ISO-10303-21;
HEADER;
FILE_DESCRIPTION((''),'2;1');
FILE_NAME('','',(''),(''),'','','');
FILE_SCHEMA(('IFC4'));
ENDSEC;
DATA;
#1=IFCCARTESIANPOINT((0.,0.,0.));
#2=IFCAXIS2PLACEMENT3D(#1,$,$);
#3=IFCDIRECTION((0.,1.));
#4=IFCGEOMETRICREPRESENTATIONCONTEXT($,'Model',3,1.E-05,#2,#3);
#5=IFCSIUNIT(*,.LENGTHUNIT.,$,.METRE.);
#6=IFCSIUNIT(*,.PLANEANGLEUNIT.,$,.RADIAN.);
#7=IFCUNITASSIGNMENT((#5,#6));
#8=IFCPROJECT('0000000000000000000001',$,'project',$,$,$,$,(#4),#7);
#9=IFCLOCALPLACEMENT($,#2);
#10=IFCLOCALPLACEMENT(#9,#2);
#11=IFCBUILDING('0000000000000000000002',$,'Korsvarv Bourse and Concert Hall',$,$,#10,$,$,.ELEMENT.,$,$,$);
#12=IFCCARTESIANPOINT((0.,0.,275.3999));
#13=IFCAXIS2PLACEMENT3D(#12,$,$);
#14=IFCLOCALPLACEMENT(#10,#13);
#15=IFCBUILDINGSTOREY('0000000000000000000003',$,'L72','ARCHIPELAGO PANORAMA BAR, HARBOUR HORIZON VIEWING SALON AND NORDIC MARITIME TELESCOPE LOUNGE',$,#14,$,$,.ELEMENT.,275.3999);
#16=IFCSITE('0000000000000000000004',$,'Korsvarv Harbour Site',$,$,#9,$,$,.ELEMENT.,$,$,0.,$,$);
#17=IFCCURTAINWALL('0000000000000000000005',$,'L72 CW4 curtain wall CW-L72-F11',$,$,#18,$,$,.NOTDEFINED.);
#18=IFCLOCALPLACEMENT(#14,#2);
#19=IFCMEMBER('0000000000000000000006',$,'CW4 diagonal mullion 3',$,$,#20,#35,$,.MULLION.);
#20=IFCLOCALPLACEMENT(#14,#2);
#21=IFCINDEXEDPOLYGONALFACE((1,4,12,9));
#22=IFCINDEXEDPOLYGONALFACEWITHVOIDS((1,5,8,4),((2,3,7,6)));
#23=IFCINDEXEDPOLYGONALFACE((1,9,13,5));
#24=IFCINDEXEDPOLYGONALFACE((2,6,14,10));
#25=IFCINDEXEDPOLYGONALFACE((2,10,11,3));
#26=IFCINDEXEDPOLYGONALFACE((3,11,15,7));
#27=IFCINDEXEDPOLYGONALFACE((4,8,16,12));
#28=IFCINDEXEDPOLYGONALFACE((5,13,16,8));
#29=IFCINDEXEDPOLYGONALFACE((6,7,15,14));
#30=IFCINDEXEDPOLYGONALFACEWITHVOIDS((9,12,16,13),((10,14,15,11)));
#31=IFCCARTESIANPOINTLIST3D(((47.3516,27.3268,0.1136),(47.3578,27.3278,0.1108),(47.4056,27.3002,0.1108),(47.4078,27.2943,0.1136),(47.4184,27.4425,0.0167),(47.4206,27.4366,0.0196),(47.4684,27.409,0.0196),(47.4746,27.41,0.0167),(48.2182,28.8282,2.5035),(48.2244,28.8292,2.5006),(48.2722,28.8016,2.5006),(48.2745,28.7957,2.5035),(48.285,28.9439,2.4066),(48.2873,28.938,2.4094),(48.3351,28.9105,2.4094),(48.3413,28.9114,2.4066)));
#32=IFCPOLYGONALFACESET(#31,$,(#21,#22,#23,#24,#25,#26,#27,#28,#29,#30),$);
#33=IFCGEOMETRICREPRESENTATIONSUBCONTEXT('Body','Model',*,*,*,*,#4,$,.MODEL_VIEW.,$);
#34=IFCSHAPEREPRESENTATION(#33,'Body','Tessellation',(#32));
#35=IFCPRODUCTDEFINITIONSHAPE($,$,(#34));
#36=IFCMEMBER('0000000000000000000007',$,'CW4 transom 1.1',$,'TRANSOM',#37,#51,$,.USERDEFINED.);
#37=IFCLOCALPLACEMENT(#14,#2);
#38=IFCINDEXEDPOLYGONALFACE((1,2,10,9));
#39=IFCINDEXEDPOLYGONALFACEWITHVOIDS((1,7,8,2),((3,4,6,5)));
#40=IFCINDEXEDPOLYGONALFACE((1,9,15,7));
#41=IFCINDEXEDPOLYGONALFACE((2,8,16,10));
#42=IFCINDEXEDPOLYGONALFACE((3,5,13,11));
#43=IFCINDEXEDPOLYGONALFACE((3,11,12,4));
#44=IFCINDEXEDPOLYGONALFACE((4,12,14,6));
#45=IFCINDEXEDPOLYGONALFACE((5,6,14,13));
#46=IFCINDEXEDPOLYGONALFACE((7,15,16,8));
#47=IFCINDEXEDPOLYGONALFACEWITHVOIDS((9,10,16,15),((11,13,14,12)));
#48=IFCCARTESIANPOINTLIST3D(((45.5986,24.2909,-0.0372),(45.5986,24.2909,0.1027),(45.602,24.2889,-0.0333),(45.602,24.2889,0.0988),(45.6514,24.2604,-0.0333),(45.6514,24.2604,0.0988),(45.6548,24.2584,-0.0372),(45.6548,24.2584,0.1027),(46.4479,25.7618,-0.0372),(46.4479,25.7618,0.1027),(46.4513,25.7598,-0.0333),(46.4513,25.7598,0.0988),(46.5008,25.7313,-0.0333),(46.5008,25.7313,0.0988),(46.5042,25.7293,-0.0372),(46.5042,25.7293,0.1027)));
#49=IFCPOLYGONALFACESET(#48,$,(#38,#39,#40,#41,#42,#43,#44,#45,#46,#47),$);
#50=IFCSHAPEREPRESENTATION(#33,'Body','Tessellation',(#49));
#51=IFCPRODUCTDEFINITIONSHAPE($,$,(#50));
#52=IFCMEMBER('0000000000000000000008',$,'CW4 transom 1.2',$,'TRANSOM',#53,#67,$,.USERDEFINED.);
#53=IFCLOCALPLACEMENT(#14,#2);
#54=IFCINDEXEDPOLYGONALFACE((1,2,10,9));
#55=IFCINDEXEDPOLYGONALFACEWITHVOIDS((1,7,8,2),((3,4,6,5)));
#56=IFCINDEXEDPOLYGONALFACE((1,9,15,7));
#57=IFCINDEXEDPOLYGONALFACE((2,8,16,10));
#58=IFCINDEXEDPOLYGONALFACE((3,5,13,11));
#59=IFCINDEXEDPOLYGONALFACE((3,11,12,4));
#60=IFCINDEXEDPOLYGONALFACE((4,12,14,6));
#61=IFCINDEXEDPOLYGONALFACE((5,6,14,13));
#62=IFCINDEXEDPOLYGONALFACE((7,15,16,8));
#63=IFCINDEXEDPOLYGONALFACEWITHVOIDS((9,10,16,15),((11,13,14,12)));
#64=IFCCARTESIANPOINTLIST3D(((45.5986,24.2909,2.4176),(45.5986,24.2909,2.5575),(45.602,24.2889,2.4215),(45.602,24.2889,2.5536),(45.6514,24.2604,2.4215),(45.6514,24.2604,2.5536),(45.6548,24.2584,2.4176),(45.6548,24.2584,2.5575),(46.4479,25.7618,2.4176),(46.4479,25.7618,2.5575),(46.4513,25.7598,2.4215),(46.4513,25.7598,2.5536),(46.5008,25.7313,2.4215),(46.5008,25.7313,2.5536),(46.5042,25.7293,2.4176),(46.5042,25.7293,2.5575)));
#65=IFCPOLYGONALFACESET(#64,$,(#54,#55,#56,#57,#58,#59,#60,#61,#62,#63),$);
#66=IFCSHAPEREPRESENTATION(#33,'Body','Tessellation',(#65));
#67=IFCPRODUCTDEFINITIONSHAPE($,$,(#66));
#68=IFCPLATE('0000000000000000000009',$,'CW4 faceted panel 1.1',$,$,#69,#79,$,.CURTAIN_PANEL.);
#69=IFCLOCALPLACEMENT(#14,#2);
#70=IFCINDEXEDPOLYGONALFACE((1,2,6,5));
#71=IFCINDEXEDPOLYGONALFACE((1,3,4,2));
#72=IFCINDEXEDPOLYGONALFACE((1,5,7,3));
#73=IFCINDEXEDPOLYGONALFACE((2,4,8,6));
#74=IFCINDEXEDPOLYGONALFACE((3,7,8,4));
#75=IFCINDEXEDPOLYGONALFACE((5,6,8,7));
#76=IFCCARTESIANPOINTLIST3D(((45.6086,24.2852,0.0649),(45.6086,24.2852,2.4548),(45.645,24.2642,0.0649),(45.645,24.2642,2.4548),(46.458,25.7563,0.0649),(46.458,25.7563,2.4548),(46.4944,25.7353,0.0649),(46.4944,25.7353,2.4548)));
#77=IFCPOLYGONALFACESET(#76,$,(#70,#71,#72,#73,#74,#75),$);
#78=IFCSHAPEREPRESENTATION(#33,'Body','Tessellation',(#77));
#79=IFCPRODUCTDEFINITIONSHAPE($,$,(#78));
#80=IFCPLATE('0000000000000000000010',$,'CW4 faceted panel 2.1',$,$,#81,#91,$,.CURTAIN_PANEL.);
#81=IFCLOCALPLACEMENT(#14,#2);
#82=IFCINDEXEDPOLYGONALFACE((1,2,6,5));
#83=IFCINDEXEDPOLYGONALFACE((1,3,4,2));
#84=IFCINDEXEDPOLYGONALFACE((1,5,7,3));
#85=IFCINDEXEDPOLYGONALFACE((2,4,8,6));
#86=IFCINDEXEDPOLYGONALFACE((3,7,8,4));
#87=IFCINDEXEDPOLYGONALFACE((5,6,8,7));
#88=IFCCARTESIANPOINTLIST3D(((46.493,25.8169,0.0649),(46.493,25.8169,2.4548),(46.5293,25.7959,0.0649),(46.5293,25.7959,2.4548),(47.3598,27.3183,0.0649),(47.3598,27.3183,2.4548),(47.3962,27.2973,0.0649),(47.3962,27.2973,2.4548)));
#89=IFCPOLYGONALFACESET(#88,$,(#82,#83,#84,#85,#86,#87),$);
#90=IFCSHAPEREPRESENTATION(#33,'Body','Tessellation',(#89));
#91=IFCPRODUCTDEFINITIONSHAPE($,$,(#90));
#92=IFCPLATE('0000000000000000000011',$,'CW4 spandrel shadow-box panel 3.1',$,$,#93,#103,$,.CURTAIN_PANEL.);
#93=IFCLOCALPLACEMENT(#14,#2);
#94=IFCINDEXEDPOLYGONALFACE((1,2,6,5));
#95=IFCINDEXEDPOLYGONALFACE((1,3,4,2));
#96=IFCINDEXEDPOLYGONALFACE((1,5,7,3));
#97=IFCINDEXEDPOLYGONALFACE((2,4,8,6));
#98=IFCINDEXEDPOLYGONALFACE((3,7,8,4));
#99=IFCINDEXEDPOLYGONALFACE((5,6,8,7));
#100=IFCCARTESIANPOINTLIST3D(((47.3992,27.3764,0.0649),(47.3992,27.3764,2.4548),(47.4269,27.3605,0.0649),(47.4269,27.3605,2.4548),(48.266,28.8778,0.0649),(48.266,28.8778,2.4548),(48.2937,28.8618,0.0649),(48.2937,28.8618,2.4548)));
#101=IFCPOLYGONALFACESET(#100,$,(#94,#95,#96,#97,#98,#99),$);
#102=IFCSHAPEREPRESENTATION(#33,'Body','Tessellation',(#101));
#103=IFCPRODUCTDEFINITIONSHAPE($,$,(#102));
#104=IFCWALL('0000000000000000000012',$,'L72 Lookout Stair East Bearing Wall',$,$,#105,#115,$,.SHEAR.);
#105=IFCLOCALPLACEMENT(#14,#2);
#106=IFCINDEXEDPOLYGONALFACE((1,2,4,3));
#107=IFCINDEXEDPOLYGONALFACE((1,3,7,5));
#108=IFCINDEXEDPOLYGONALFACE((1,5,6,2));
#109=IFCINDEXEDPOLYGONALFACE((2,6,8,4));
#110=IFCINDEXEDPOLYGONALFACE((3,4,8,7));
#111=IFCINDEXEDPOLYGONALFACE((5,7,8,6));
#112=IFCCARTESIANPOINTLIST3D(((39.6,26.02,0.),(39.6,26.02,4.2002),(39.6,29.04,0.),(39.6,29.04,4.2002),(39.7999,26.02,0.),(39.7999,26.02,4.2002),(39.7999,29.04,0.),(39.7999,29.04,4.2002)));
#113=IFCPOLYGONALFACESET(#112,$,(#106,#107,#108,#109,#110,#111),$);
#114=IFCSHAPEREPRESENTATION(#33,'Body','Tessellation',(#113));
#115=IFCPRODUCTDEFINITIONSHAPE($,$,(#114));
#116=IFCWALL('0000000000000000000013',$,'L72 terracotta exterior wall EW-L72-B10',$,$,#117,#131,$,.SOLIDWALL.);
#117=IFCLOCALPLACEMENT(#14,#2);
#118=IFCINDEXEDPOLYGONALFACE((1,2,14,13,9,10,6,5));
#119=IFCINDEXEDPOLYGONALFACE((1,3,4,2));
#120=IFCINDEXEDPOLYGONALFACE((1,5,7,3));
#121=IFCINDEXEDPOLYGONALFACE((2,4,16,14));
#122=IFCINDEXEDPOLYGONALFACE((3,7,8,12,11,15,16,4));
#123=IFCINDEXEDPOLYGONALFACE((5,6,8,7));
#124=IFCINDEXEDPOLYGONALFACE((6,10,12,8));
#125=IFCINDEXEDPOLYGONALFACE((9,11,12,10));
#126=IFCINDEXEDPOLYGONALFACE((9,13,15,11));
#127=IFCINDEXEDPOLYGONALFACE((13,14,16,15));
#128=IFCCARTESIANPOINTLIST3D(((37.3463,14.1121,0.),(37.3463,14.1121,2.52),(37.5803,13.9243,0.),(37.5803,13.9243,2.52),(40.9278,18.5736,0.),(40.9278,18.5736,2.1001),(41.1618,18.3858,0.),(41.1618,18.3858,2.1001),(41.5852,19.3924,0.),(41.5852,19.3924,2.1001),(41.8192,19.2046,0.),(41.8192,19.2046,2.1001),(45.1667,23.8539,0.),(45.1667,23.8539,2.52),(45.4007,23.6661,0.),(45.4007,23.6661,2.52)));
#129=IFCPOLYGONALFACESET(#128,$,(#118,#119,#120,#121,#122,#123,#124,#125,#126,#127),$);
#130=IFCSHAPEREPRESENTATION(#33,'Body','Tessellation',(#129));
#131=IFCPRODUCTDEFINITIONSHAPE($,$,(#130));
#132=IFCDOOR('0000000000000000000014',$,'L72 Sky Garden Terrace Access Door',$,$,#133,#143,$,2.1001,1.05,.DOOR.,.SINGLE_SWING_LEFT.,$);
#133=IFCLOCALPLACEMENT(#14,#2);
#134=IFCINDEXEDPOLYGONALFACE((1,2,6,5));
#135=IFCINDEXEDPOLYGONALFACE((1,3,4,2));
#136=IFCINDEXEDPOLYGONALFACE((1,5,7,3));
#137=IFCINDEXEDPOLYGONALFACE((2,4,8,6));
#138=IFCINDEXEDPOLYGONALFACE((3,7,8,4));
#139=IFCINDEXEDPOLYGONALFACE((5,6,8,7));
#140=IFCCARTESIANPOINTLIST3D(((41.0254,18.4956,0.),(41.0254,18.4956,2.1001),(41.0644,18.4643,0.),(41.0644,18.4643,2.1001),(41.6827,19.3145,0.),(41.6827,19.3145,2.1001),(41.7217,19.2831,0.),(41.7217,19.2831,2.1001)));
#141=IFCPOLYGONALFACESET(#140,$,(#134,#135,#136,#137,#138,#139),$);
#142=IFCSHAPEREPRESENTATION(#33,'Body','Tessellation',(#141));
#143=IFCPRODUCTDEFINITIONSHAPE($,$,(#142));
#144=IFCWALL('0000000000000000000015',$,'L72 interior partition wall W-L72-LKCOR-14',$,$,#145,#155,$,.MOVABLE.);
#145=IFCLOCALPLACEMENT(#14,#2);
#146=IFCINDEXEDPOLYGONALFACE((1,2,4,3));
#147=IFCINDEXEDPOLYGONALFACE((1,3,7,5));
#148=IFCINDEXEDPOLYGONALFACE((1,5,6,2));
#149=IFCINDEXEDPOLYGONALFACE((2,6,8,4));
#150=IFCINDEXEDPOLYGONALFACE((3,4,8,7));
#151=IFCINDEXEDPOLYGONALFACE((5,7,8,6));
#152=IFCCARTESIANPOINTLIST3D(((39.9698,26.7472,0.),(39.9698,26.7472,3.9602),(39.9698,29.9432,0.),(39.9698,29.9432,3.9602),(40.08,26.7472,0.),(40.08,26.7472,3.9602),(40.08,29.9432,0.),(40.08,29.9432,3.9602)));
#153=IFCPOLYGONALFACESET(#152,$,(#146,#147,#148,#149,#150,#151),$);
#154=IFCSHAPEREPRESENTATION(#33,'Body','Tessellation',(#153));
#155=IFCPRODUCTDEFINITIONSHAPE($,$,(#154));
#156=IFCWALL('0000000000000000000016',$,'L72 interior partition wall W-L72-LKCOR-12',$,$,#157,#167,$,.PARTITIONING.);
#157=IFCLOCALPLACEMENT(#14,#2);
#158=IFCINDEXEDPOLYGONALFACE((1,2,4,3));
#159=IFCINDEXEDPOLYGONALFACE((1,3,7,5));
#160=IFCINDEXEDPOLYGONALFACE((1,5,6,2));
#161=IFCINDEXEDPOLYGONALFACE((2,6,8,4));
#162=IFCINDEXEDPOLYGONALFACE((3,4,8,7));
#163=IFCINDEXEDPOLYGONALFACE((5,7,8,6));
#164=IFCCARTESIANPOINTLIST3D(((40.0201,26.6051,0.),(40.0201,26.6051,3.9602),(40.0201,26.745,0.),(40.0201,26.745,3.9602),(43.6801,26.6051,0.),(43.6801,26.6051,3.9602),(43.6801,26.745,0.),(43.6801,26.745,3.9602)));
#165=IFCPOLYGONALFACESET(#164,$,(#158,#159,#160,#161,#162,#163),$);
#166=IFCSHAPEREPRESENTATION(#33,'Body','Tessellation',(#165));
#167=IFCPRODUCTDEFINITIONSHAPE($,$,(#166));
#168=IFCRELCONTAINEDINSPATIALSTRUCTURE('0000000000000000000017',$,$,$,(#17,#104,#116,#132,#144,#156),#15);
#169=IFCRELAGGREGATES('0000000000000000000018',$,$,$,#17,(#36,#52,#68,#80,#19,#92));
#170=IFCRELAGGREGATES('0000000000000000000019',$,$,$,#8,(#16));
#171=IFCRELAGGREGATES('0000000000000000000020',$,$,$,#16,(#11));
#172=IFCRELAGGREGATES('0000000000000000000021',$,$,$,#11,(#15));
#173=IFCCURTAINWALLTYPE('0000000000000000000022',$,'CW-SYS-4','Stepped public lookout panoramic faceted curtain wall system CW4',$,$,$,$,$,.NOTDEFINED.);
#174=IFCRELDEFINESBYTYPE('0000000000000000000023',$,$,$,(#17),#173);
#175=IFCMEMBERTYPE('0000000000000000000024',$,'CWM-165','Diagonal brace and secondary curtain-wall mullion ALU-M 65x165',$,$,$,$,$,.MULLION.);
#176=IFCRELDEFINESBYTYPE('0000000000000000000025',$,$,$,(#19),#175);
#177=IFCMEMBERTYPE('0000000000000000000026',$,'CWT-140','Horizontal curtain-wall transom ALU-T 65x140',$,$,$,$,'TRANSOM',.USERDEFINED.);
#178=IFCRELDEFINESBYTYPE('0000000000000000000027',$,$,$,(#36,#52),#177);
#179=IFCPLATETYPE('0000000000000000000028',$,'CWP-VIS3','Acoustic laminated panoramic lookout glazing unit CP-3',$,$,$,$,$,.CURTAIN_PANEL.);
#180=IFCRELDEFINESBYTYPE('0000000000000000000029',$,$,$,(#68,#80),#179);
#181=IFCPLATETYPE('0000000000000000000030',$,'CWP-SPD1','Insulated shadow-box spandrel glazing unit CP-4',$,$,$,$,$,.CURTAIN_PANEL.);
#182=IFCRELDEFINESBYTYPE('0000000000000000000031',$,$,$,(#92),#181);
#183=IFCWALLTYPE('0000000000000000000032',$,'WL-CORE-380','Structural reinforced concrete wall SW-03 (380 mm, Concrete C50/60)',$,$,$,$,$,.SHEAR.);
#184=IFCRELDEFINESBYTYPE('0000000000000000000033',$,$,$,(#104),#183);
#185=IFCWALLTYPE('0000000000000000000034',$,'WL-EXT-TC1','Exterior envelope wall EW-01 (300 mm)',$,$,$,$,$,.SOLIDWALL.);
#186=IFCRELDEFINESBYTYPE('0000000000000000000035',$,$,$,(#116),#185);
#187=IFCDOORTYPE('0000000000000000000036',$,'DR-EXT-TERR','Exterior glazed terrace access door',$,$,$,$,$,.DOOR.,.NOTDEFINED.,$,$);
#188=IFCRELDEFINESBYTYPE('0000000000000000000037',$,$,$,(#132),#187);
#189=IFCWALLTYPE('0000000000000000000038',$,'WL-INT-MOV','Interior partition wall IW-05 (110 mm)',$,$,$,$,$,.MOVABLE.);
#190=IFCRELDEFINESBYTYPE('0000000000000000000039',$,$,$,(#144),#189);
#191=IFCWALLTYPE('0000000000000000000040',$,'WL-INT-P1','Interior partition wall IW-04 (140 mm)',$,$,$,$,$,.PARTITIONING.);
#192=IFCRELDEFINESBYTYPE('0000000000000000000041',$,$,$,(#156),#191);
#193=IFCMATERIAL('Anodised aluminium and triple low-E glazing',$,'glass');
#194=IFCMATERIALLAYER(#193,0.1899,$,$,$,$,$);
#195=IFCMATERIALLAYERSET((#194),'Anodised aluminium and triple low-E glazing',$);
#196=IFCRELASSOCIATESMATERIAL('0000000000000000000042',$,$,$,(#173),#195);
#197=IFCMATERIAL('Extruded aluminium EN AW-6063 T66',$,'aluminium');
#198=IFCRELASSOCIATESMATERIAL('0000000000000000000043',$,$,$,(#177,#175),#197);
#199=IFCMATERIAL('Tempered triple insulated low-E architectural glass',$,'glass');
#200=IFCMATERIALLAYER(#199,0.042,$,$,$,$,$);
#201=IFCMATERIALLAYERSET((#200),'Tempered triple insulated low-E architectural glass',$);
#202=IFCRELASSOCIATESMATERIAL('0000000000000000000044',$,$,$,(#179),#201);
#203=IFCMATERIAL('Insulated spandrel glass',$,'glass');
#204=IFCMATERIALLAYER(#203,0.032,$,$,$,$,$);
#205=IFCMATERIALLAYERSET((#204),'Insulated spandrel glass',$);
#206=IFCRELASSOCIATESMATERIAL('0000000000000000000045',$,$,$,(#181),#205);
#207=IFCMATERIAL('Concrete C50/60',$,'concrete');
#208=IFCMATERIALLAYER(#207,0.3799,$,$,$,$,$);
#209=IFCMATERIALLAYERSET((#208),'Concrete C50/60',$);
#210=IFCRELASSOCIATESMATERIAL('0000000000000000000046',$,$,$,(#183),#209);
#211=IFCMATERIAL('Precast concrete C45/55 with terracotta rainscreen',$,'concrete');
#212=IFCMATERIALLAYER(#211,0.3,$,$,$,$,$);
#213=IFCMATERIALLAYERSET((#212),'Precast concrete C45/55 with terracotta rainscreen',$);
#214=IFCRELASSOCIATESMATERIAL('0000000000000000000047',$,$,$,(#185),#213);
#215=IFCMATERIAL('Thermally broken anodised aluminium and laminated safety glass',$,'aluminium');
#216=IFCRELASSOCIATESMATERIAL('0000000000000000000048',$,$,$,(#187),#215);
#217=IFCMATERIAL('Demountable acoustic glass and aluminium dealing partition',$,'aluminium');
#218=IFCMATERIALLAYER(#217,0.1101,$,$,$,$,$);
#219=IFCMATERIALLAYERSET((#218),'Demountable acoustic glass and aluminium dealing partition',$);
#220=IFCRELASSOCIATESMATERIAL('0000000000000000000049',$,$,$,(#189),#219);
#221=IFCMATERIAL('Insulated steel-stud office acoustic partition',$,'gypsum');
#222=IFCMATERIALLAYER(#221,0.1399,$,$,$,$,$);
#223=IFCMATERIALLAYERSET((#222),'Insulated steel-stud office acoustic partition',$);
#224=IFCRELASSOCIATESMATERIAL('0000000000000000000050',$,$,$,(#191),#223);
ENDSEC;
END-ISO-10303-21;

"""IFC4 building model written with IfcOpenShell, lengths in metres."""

from ifc_helpers import new_model, si_unit, direction, frame, frame_2d, origin, origin_2d, place, context, subcontext, project, spatial, rectangle, hollow_rectangle, extrude, source, transform, mapped, material, layer, layer_set, material_profile, profile_set, type_object, element, fill, aggregate, save


model = new_model("IFC4")

# Units and contexts
model_context = context("Model", 3, precision=1e-05, world=origin(), true_north=direction((0.0, 1.0)))
body_context = subcontext(model_context, "Body", "Model", "MODEL_VIEW")
ifc_project = project(units=[si_unit("LENGTHUNIT", "METRE"), si_unit("PLANEANGLEUNIT", "RADIAN")], contexts=[model_context])

# Site, building, storey
site_placement = place(None, origin())
site = spatial("IfcSite", under=ifc_project, at=site_placement, Name="Korsvarv Harbour Site", CompositionType="ELEMENT", RefElevation=0.0)
building_placement = place(site_placement, origin())
building = spatial("IfcBuilding", under=site, at=building_placement, Name="Korsvarv Bourse and Concert Hall", CompositionType="ELEMENT")
storey_placement = place(building_placement, frame((0.0, 0.0, 275.3999)))
storey = spatial("IfcBuildingStorey", under=building, at=storey_placement, Name="L72", Description="ARCHIPELAGO PANORAMA BAR, HARBOUR HORIZON VIEWING SALON AND NORDIC MARITIME TELESCOPE LOUNGE", CompositionType="ELEMENT", Elevation=275.3999)

# Shared definitions
ifc_material_1 = material(Name="Concrete C50/60", Category="concrete")

# Curtain wall, members, plates
ifc_material_2 = material(Name="Anodised aluminium and triple low-E glazing", Category="glass")
ifc_layer_1 = layer(ifc_material_2, 0.1899)
ifc_layer_set_1 = layer_set([ifc_layer_1], Name="Anodised aluminium and triple low-E glazing")
curtain_wall_type = type_object("IfcCurtainWallType", Name="CW-SYS-4", Description="Stepped public lookout panoramic faceted curtain wall system CW4", PredefinedType="NOTDEFINED", material=ifc_layer_set_1)
curtain_wall_placement = place(storey_placement, origin())
curtain_wall = element("IfcCurtainWall", 1, at=curtain_wall_placement, inside=storey, type_object=curtain_wall_type, Name="L72 CW4 curtain wall CW-L72-F11", PredefinedType="NOTDEFINED")
ifc_material_3 = material(Name="Extruded aluminium EN AW-6063 T66", Category="aluminium")
ifc_material_profile_1 = material_profile(ifc_material_3, hollow_rectangle(XDim=0.0649, YDim=0.1399, WallThickness=0.0039, at=origin_2d()), Name="ALU-T 65x140")
ifc_profile_set_1 = profile_set([ifc_material_profile_1], Name="Extruded aluminium EN AW-6063 T66")
member_type_1 = type_object("IfcMemberType", Name="CWT-140", Description="Horizontal curtain-wall transom ALU-T 65x140", ElementType="TRANSOM", PredefinedType="USERDEFINED", material=ifc_profile_set_1)
ifc_material_profile_2 = material_profile(ifc_material_3, hollow_rectangle(XDim=0.0649, YDim=0.165, WallThickness=0.0049, at=origin_2d()), Name="ALU-M 65x165")
ifc_profile_set_2 = profile_set([ifc_material_profile_2], Name="Extruded aluminium EN AW-6063 T66")
member_type_2 = type_object("IfcMemberType", Name="CWM-165", Description="Diagonal brace and secondary curtain-wall mullion ALU-M 65x165", PredefinedType="MULLION", material=ifc_profile_set_2)
shared_shape_1 = source(origin(), body_context, "Body", "SweptSolid", [
    extrude(hollow_rectangle(XDim=0.0649, YDim=0.165, WallThickness=0.0049, at=origin_2d()), origin(), (0.0, 0.0, 1.0), 2.9524),
])
member_1_placement = place(storey_placement, frame((47.4131, 27.3684, 0.0652), z_axis=(0.293549, 0.508543, 0.809452), x_axis=(-0.866068, 0.499926, 0.0)))
member_1 = element("IfcMember", 2, at=member_1_placement, type_object=member_type_2, Name="CW4 diagonal mullion 3", PredefinedType="MULLION", context=body_context, shape_type="MappedRepresentation", body=[
    mapped(shared_shape_1, transform((0.0, 0.0, 0.0), scale=1.0)),
])
shared_shape_2 = source(origin(), body_context, "Body", "SweptSolid", [
    extrude(hollow_rectangle(XDim=0.0649, YDim=0.1399, WallThickness=0.0039, at=origin_2d()), origin(), (0.0, 0.0, 1.0), 1.6985),
])
member_2_placement = place(storey_placement, frame((45.6267, 24.2747, 0.0327), z_axis=(0.50005, 0.865996, 0.0), x_axis=(-0.865996, 0.50005, 0.0)))
member_2 = element("IfcMember", 3, at=member_2_placement, type_object=member_type_1, Name="CW4 transom 1.1", ObjectType="TRANSOM", PredefinedType="USERDEFINED", context=body_context, shape_type="MappedRepresentation", body=[
    mapped(shared_shape_2, transform((0.0, 0.0, 0.0), scale=1.0)),
])
member_3_placement = place(storey_placement, frame((45.6267, 24.2747, 2.4875), z_axis=(0.50005, 0.865996, 0.0), x_axis=(-0.865996, 0.50005, 0.0)))
member_3 = element("IfcMember", 4, at=member_3_placement, type_object=member_type_1, Name="CW4 transom 1.2", ObjectType="TRANSOM", PredefinedType="USERDEFINED", context=body_context, shape_type="MappedRepresentation", body=[
    mapped(shared_shape_2, transform((0.0, 0.0, 0.0), scale=1.0)),
])
ifc_material_4 = material(Name="Tempered triple insulated low-E architectural glass", Category="glass")
ifc_layer_2 = layer(ifc_material_4, 0.042)
ifc_layer_set_2 = layer_set([ifc_layer_2], Name="Tempered triple insulated low-E architectural glass")
plate_type_1 = type_object("IfcPlateType", Name="CWP-VIS3", Description="Acoustic laminated panoramic lookout glazing unit CP-3", PredefinedType="CURTAIN_PANEL", material=ifc_layer_set_2)
shared_shape_3 = source(origin(), body_context, "Body", "SweptSolid", [
    extrude(rectangle(XDim=1.6987, YDim=0.042, at=origin_2d()), origin(), (0.0, 0.0, 1.0), 2.3899),
])
plate_1_placement = place(storey_placement, frame((46.0515, 25.0103, 0.0649), z_axis=(0.0, 0.0, 1.0), x_axis=(0.500004, 0.866023, 0.0)))
plate_1 = element("IfcPlate", 5, at=plate_1_placement, type_object=plate_type_1, Name="CW4 faceted panel 1.1", PredefinedType="CURTAIN_PANEL", context=body_context, shape_type="MappedRepresentation", body=[
    mapped(shared_shape_3, transform((0.0, 0.0, 0.0), scale=1.0)),
])
shared_shape_4 = source(origin(), body_context, "Body", "SweptSolid", [
    extrude(rectangle(XDim=1.7336, YDim=0.042, at=origin_2d()), origin(), (0.0, 0.0, 1.0), 2.3899),
])
plate_2_placement = place(storey_placement, frame((46.9446, 26.5571, 0.0649), z_axis=(0.0, 0.0, 1.0), x_axis=(0.500004, 0.866023, 0.0)))
plate_2 = element("IfcPlate", 6, at=plate_2_placement, type_object=plate_type_1, Name="CW4 faceted panel 2.1", PredefinedType="CURTAIN_PANEL", context=body_context, shape_type="MappedRepresentation", body=[
    mapped(shared_shape_4, transform((0.0, 0.0, 0.0), scale=1.0)),
])
ifc_material_5 = material(Name="Insulated spandrel glass", Category="glass")
ifc_layer_3 = layer(ifc_material_5, 0.032)
ifc_layer_set_3 = layer_set([ifc_layer_3], Name="Insulated spandrel glass")
plate_type_2 = type_object("IfcPlateType", Name="CWP-SPD1", Description="Insulated shadow-box spandrel glazing unit CP-4", PredefinedType="CURTAIN_PANEL", material=ifc_layer_set_3)
shared_shape_5 = source(origin(), body_context, "Body", "SweptSolid", [
    extrude(rectangle(XDim=1.7336, YDim=0.032, at=origin_2d()), origin(), (0.0, 0.0, 1.0), 2.3899),
])
plate_3_placement = place(storey_placement, frame((47.8464, 28.1191, 0.0649), z_axis=(0.0, 0.0, 1.0), x_axis=(0.500004, 0.866023, 0.0)))
plate_3 = element("IfcPlate", 7, at=plate_3_placement, type_object=plate_type_2, Name="CW4 spandrel shadow-box panel 3.1", PredefinedType="CURTAIN_PANEL", context=body_context, shape_type="MappedRepresentation", body=[
    mapped(shared_shape_5, transform((0.0, 0.0, 0.0), scale=1.0)),
])
aggregate(curtain_wall, [member_2, member_3, plate_1, plate_2, member_1, plate_3])

# Wall
ifc_layer_4 = layer(ifc_material_1, 0.3799)
ifc_layer_set_4 = layer_set([ifc_layer_4], Name="Concrete C50/60")
wall_type_1 = type_object("IfcWallType", Name="WL-CORE-380", Description="Structural reinforced concrete wall SW-03 (380 mm, Concrete C50/60)", PredefinedType="SHEAR", material=ifc_layer_set_4)
wall_1_placement = place(storey_placement, frame((39.7, 26.02, 0.0), z_axis=(0.0, 0.0, 1.0), x_axis=(0.0, 1.0, 0.0)))
element("IfcWall", 8, at=wall_1_placement, inside=storey, type_object=wall_type_1, Name="L72 Lookout Stair East Bearing Wall", PredefinedType="SHEAR", context=body_context, shape_type="SweptSolid", body=[
    extrude(rectangle(XDim=3.02, YDim=0.2, at=frame_2d((1.51, 0.0))), origin(), (0.0, 0.0, 1.0), 4.2002),
])

# Wall, opening, door
ifc_material_6 = material(Name="Precast concrete C45/55 with terracotta rainscreen", Category="concrete")
ifc_layer_5 = layer(ifc_material_6, 0.3)
ifc_layer_set_5 = layer_set([ifc_layer_5], Name="Precast concrete C45/55 with terracotta rainscreen")
wall_type_2 = type_object("IfcWallType", Name="WL-EXT-TC1", Description="Exterior envelope wall EW-01 (300 mm)", PredefinedType="SOLIDWALL", material=ifc_layer_set_5)
wall_2_placement = place(storey_placement, frame((37.4634, 14.0183, 0.0), z_axis=(0.0, 0.0, 1.0), x_axis=(0.62601, 0.779815, 0.0)))
wall_2 = element("IfcWall", 9, at=wall_2_placement, inside=storey, type_object=wall_type_2, Name="L72 terracotta exterior wall EW-L72-B10", PredefinedType="SOLIDWALL", context=body_context, shape_type="SweptSolid", body=[
    extrude(rectangle(XDim=12.4924, YDim=0.3, at=frame_2d((6.2461, 0.0))), origin(), (0.0, 0.0, 1.0), 2.52),
])
opening_placement = place(wall_2_placement, frame((5.7212, 0.0, 0.0)))
opening = element("IfcOpeningElement", 10, at=opening_placement, cuts=wall_2, PredefinedType="OPENING", context=body_context, shape_type="SweptSolid", body=[
    extrude(rectangle(XDim=1.05, YDim=2.1001, at=frame_2d((0.5249, 1.05))), frame((0.0, 0.1602, 0.0), z_axis=(0.0, -1.0, 0.0), x_axis=(1.0, 0.0, 0.0)), (0.0, 0.0, 1.0), 0.3201),
])
ifc_material_7 = material(Name="Thermally broken anodised aluminium and laminated safety glass", Category="aluminium")
door_type = type_object("IfcDoorType", Name="DR-EXT-TERR", Description="Exterior glazed terrace access door", OperationType="NOTDEFINED", PredefinedType="DOOR", material=ifc_material_7)
door_placement = place(opening_placement, frame((1.05, 0.0, 0.0), z_axis=(0.0, 0.0, 1.0), x_axis=(-1.0, 0.0, 0.0)))
door = element("IfcDoor", 11, at=door_placement, inside=storey, type_object=door_type, Name="L72 Sky Garden Terrace Access Door", OperationType="SINGLE_SWING_LEFT", OverallHeight=2.1001, OverallWidth=1.05, PredefinedType="DOOR", context=body_context, shape_type="SweptSolid", body=[
    extrude(rectangle(XDim=1.05, YDim=2.1001, at=frame_2d((0.5249, 1.05))), frame((0.0, 0.0249, 0.0), z_axis=(0.0, -1.0, 0.0), x_axis=(1.0, 0.0, 0.0)), (0.0, 0.0, 1.0), 0.05),
])
fill(opening, door)

# Walls
ifc_material_8 = material(Name="Demountable acoustic glass and aluminium dealing partition", Category="aluminium")
ifc_layer_6 = layer(ifc_material_8, 0.1101)
ifc_layer_set_6 = layer_set([ifc_layer_6], Name="Demountable acoustic glass and aluminium dealing partition")
wall_type_3 = type_object("IfcWallType", Name="WL-INT-MOV", Description="Interior partition wall IW-05 (110 mm)", PredefinedType="MOVABLE", material=ifc_layer_set_6)
wall_3_placement = place(storey_placement, frame((40.0249, 26.7471, 0.0), z_axis=(0.0, 0.0, 1.0), x_axis=(0.0, 1.0, 0.0)))
element("IfcWall", 12, at=wall_3_placement, inside=storey, type_object=wall_type_3, Name="L72 interior partition wall W-L72-LKCOR-14", PredefinedType="MOVABLE", context=body_context, shape_type="SweptSolid", body=[
    extrude(rectangle(XDim=3.196, YDim=0.1101, at=frame_2d((1.5981, 0.0))), origin(), (0.0, 0.0, 1.0), 3.9602),
])
ifc_material_9 = material(Name="Insulated steel-stud office acoustic partition", Category="gypsum")
ifc_layer_7 = layer(ifc_material_9, 0.1399)
ifc_layer_set_7 = layer_set([ifc_layer_7], Name="Insulated steel-stud office acoustic partition")
wall_type_4 = type_object("IfcWallType", Name="WL-INT-P1", Description="Interior partition wall IW-04 (140 mm)", PredefinedType="PARTITIONING", material=ifc_layer_set_7)
wall_4_placement = place(storey_placement, frame((40.02, 26.675, 0.0), z_axis=(0.0, 0.0, 1.0), x_axis=(1.0, 0.0, 0.0)))
element("IfcWall", 13, at=wall_4_placement, inside=storey, type_object=wall_type_4, Name="L72 interior partition wall W-L72-LKCOR-12", PredefinedType="PARTITIONING", context=body_context, shape_type="SweptSolid", body=[
    extrude(rectangle(XDim=3.6599, YDim=0.1399, at=frame_2d((1.8301, 0.0))), origin(), (0.0, 0.0, 1.0), 3.9602),
])

save(model, "model.ifc")
